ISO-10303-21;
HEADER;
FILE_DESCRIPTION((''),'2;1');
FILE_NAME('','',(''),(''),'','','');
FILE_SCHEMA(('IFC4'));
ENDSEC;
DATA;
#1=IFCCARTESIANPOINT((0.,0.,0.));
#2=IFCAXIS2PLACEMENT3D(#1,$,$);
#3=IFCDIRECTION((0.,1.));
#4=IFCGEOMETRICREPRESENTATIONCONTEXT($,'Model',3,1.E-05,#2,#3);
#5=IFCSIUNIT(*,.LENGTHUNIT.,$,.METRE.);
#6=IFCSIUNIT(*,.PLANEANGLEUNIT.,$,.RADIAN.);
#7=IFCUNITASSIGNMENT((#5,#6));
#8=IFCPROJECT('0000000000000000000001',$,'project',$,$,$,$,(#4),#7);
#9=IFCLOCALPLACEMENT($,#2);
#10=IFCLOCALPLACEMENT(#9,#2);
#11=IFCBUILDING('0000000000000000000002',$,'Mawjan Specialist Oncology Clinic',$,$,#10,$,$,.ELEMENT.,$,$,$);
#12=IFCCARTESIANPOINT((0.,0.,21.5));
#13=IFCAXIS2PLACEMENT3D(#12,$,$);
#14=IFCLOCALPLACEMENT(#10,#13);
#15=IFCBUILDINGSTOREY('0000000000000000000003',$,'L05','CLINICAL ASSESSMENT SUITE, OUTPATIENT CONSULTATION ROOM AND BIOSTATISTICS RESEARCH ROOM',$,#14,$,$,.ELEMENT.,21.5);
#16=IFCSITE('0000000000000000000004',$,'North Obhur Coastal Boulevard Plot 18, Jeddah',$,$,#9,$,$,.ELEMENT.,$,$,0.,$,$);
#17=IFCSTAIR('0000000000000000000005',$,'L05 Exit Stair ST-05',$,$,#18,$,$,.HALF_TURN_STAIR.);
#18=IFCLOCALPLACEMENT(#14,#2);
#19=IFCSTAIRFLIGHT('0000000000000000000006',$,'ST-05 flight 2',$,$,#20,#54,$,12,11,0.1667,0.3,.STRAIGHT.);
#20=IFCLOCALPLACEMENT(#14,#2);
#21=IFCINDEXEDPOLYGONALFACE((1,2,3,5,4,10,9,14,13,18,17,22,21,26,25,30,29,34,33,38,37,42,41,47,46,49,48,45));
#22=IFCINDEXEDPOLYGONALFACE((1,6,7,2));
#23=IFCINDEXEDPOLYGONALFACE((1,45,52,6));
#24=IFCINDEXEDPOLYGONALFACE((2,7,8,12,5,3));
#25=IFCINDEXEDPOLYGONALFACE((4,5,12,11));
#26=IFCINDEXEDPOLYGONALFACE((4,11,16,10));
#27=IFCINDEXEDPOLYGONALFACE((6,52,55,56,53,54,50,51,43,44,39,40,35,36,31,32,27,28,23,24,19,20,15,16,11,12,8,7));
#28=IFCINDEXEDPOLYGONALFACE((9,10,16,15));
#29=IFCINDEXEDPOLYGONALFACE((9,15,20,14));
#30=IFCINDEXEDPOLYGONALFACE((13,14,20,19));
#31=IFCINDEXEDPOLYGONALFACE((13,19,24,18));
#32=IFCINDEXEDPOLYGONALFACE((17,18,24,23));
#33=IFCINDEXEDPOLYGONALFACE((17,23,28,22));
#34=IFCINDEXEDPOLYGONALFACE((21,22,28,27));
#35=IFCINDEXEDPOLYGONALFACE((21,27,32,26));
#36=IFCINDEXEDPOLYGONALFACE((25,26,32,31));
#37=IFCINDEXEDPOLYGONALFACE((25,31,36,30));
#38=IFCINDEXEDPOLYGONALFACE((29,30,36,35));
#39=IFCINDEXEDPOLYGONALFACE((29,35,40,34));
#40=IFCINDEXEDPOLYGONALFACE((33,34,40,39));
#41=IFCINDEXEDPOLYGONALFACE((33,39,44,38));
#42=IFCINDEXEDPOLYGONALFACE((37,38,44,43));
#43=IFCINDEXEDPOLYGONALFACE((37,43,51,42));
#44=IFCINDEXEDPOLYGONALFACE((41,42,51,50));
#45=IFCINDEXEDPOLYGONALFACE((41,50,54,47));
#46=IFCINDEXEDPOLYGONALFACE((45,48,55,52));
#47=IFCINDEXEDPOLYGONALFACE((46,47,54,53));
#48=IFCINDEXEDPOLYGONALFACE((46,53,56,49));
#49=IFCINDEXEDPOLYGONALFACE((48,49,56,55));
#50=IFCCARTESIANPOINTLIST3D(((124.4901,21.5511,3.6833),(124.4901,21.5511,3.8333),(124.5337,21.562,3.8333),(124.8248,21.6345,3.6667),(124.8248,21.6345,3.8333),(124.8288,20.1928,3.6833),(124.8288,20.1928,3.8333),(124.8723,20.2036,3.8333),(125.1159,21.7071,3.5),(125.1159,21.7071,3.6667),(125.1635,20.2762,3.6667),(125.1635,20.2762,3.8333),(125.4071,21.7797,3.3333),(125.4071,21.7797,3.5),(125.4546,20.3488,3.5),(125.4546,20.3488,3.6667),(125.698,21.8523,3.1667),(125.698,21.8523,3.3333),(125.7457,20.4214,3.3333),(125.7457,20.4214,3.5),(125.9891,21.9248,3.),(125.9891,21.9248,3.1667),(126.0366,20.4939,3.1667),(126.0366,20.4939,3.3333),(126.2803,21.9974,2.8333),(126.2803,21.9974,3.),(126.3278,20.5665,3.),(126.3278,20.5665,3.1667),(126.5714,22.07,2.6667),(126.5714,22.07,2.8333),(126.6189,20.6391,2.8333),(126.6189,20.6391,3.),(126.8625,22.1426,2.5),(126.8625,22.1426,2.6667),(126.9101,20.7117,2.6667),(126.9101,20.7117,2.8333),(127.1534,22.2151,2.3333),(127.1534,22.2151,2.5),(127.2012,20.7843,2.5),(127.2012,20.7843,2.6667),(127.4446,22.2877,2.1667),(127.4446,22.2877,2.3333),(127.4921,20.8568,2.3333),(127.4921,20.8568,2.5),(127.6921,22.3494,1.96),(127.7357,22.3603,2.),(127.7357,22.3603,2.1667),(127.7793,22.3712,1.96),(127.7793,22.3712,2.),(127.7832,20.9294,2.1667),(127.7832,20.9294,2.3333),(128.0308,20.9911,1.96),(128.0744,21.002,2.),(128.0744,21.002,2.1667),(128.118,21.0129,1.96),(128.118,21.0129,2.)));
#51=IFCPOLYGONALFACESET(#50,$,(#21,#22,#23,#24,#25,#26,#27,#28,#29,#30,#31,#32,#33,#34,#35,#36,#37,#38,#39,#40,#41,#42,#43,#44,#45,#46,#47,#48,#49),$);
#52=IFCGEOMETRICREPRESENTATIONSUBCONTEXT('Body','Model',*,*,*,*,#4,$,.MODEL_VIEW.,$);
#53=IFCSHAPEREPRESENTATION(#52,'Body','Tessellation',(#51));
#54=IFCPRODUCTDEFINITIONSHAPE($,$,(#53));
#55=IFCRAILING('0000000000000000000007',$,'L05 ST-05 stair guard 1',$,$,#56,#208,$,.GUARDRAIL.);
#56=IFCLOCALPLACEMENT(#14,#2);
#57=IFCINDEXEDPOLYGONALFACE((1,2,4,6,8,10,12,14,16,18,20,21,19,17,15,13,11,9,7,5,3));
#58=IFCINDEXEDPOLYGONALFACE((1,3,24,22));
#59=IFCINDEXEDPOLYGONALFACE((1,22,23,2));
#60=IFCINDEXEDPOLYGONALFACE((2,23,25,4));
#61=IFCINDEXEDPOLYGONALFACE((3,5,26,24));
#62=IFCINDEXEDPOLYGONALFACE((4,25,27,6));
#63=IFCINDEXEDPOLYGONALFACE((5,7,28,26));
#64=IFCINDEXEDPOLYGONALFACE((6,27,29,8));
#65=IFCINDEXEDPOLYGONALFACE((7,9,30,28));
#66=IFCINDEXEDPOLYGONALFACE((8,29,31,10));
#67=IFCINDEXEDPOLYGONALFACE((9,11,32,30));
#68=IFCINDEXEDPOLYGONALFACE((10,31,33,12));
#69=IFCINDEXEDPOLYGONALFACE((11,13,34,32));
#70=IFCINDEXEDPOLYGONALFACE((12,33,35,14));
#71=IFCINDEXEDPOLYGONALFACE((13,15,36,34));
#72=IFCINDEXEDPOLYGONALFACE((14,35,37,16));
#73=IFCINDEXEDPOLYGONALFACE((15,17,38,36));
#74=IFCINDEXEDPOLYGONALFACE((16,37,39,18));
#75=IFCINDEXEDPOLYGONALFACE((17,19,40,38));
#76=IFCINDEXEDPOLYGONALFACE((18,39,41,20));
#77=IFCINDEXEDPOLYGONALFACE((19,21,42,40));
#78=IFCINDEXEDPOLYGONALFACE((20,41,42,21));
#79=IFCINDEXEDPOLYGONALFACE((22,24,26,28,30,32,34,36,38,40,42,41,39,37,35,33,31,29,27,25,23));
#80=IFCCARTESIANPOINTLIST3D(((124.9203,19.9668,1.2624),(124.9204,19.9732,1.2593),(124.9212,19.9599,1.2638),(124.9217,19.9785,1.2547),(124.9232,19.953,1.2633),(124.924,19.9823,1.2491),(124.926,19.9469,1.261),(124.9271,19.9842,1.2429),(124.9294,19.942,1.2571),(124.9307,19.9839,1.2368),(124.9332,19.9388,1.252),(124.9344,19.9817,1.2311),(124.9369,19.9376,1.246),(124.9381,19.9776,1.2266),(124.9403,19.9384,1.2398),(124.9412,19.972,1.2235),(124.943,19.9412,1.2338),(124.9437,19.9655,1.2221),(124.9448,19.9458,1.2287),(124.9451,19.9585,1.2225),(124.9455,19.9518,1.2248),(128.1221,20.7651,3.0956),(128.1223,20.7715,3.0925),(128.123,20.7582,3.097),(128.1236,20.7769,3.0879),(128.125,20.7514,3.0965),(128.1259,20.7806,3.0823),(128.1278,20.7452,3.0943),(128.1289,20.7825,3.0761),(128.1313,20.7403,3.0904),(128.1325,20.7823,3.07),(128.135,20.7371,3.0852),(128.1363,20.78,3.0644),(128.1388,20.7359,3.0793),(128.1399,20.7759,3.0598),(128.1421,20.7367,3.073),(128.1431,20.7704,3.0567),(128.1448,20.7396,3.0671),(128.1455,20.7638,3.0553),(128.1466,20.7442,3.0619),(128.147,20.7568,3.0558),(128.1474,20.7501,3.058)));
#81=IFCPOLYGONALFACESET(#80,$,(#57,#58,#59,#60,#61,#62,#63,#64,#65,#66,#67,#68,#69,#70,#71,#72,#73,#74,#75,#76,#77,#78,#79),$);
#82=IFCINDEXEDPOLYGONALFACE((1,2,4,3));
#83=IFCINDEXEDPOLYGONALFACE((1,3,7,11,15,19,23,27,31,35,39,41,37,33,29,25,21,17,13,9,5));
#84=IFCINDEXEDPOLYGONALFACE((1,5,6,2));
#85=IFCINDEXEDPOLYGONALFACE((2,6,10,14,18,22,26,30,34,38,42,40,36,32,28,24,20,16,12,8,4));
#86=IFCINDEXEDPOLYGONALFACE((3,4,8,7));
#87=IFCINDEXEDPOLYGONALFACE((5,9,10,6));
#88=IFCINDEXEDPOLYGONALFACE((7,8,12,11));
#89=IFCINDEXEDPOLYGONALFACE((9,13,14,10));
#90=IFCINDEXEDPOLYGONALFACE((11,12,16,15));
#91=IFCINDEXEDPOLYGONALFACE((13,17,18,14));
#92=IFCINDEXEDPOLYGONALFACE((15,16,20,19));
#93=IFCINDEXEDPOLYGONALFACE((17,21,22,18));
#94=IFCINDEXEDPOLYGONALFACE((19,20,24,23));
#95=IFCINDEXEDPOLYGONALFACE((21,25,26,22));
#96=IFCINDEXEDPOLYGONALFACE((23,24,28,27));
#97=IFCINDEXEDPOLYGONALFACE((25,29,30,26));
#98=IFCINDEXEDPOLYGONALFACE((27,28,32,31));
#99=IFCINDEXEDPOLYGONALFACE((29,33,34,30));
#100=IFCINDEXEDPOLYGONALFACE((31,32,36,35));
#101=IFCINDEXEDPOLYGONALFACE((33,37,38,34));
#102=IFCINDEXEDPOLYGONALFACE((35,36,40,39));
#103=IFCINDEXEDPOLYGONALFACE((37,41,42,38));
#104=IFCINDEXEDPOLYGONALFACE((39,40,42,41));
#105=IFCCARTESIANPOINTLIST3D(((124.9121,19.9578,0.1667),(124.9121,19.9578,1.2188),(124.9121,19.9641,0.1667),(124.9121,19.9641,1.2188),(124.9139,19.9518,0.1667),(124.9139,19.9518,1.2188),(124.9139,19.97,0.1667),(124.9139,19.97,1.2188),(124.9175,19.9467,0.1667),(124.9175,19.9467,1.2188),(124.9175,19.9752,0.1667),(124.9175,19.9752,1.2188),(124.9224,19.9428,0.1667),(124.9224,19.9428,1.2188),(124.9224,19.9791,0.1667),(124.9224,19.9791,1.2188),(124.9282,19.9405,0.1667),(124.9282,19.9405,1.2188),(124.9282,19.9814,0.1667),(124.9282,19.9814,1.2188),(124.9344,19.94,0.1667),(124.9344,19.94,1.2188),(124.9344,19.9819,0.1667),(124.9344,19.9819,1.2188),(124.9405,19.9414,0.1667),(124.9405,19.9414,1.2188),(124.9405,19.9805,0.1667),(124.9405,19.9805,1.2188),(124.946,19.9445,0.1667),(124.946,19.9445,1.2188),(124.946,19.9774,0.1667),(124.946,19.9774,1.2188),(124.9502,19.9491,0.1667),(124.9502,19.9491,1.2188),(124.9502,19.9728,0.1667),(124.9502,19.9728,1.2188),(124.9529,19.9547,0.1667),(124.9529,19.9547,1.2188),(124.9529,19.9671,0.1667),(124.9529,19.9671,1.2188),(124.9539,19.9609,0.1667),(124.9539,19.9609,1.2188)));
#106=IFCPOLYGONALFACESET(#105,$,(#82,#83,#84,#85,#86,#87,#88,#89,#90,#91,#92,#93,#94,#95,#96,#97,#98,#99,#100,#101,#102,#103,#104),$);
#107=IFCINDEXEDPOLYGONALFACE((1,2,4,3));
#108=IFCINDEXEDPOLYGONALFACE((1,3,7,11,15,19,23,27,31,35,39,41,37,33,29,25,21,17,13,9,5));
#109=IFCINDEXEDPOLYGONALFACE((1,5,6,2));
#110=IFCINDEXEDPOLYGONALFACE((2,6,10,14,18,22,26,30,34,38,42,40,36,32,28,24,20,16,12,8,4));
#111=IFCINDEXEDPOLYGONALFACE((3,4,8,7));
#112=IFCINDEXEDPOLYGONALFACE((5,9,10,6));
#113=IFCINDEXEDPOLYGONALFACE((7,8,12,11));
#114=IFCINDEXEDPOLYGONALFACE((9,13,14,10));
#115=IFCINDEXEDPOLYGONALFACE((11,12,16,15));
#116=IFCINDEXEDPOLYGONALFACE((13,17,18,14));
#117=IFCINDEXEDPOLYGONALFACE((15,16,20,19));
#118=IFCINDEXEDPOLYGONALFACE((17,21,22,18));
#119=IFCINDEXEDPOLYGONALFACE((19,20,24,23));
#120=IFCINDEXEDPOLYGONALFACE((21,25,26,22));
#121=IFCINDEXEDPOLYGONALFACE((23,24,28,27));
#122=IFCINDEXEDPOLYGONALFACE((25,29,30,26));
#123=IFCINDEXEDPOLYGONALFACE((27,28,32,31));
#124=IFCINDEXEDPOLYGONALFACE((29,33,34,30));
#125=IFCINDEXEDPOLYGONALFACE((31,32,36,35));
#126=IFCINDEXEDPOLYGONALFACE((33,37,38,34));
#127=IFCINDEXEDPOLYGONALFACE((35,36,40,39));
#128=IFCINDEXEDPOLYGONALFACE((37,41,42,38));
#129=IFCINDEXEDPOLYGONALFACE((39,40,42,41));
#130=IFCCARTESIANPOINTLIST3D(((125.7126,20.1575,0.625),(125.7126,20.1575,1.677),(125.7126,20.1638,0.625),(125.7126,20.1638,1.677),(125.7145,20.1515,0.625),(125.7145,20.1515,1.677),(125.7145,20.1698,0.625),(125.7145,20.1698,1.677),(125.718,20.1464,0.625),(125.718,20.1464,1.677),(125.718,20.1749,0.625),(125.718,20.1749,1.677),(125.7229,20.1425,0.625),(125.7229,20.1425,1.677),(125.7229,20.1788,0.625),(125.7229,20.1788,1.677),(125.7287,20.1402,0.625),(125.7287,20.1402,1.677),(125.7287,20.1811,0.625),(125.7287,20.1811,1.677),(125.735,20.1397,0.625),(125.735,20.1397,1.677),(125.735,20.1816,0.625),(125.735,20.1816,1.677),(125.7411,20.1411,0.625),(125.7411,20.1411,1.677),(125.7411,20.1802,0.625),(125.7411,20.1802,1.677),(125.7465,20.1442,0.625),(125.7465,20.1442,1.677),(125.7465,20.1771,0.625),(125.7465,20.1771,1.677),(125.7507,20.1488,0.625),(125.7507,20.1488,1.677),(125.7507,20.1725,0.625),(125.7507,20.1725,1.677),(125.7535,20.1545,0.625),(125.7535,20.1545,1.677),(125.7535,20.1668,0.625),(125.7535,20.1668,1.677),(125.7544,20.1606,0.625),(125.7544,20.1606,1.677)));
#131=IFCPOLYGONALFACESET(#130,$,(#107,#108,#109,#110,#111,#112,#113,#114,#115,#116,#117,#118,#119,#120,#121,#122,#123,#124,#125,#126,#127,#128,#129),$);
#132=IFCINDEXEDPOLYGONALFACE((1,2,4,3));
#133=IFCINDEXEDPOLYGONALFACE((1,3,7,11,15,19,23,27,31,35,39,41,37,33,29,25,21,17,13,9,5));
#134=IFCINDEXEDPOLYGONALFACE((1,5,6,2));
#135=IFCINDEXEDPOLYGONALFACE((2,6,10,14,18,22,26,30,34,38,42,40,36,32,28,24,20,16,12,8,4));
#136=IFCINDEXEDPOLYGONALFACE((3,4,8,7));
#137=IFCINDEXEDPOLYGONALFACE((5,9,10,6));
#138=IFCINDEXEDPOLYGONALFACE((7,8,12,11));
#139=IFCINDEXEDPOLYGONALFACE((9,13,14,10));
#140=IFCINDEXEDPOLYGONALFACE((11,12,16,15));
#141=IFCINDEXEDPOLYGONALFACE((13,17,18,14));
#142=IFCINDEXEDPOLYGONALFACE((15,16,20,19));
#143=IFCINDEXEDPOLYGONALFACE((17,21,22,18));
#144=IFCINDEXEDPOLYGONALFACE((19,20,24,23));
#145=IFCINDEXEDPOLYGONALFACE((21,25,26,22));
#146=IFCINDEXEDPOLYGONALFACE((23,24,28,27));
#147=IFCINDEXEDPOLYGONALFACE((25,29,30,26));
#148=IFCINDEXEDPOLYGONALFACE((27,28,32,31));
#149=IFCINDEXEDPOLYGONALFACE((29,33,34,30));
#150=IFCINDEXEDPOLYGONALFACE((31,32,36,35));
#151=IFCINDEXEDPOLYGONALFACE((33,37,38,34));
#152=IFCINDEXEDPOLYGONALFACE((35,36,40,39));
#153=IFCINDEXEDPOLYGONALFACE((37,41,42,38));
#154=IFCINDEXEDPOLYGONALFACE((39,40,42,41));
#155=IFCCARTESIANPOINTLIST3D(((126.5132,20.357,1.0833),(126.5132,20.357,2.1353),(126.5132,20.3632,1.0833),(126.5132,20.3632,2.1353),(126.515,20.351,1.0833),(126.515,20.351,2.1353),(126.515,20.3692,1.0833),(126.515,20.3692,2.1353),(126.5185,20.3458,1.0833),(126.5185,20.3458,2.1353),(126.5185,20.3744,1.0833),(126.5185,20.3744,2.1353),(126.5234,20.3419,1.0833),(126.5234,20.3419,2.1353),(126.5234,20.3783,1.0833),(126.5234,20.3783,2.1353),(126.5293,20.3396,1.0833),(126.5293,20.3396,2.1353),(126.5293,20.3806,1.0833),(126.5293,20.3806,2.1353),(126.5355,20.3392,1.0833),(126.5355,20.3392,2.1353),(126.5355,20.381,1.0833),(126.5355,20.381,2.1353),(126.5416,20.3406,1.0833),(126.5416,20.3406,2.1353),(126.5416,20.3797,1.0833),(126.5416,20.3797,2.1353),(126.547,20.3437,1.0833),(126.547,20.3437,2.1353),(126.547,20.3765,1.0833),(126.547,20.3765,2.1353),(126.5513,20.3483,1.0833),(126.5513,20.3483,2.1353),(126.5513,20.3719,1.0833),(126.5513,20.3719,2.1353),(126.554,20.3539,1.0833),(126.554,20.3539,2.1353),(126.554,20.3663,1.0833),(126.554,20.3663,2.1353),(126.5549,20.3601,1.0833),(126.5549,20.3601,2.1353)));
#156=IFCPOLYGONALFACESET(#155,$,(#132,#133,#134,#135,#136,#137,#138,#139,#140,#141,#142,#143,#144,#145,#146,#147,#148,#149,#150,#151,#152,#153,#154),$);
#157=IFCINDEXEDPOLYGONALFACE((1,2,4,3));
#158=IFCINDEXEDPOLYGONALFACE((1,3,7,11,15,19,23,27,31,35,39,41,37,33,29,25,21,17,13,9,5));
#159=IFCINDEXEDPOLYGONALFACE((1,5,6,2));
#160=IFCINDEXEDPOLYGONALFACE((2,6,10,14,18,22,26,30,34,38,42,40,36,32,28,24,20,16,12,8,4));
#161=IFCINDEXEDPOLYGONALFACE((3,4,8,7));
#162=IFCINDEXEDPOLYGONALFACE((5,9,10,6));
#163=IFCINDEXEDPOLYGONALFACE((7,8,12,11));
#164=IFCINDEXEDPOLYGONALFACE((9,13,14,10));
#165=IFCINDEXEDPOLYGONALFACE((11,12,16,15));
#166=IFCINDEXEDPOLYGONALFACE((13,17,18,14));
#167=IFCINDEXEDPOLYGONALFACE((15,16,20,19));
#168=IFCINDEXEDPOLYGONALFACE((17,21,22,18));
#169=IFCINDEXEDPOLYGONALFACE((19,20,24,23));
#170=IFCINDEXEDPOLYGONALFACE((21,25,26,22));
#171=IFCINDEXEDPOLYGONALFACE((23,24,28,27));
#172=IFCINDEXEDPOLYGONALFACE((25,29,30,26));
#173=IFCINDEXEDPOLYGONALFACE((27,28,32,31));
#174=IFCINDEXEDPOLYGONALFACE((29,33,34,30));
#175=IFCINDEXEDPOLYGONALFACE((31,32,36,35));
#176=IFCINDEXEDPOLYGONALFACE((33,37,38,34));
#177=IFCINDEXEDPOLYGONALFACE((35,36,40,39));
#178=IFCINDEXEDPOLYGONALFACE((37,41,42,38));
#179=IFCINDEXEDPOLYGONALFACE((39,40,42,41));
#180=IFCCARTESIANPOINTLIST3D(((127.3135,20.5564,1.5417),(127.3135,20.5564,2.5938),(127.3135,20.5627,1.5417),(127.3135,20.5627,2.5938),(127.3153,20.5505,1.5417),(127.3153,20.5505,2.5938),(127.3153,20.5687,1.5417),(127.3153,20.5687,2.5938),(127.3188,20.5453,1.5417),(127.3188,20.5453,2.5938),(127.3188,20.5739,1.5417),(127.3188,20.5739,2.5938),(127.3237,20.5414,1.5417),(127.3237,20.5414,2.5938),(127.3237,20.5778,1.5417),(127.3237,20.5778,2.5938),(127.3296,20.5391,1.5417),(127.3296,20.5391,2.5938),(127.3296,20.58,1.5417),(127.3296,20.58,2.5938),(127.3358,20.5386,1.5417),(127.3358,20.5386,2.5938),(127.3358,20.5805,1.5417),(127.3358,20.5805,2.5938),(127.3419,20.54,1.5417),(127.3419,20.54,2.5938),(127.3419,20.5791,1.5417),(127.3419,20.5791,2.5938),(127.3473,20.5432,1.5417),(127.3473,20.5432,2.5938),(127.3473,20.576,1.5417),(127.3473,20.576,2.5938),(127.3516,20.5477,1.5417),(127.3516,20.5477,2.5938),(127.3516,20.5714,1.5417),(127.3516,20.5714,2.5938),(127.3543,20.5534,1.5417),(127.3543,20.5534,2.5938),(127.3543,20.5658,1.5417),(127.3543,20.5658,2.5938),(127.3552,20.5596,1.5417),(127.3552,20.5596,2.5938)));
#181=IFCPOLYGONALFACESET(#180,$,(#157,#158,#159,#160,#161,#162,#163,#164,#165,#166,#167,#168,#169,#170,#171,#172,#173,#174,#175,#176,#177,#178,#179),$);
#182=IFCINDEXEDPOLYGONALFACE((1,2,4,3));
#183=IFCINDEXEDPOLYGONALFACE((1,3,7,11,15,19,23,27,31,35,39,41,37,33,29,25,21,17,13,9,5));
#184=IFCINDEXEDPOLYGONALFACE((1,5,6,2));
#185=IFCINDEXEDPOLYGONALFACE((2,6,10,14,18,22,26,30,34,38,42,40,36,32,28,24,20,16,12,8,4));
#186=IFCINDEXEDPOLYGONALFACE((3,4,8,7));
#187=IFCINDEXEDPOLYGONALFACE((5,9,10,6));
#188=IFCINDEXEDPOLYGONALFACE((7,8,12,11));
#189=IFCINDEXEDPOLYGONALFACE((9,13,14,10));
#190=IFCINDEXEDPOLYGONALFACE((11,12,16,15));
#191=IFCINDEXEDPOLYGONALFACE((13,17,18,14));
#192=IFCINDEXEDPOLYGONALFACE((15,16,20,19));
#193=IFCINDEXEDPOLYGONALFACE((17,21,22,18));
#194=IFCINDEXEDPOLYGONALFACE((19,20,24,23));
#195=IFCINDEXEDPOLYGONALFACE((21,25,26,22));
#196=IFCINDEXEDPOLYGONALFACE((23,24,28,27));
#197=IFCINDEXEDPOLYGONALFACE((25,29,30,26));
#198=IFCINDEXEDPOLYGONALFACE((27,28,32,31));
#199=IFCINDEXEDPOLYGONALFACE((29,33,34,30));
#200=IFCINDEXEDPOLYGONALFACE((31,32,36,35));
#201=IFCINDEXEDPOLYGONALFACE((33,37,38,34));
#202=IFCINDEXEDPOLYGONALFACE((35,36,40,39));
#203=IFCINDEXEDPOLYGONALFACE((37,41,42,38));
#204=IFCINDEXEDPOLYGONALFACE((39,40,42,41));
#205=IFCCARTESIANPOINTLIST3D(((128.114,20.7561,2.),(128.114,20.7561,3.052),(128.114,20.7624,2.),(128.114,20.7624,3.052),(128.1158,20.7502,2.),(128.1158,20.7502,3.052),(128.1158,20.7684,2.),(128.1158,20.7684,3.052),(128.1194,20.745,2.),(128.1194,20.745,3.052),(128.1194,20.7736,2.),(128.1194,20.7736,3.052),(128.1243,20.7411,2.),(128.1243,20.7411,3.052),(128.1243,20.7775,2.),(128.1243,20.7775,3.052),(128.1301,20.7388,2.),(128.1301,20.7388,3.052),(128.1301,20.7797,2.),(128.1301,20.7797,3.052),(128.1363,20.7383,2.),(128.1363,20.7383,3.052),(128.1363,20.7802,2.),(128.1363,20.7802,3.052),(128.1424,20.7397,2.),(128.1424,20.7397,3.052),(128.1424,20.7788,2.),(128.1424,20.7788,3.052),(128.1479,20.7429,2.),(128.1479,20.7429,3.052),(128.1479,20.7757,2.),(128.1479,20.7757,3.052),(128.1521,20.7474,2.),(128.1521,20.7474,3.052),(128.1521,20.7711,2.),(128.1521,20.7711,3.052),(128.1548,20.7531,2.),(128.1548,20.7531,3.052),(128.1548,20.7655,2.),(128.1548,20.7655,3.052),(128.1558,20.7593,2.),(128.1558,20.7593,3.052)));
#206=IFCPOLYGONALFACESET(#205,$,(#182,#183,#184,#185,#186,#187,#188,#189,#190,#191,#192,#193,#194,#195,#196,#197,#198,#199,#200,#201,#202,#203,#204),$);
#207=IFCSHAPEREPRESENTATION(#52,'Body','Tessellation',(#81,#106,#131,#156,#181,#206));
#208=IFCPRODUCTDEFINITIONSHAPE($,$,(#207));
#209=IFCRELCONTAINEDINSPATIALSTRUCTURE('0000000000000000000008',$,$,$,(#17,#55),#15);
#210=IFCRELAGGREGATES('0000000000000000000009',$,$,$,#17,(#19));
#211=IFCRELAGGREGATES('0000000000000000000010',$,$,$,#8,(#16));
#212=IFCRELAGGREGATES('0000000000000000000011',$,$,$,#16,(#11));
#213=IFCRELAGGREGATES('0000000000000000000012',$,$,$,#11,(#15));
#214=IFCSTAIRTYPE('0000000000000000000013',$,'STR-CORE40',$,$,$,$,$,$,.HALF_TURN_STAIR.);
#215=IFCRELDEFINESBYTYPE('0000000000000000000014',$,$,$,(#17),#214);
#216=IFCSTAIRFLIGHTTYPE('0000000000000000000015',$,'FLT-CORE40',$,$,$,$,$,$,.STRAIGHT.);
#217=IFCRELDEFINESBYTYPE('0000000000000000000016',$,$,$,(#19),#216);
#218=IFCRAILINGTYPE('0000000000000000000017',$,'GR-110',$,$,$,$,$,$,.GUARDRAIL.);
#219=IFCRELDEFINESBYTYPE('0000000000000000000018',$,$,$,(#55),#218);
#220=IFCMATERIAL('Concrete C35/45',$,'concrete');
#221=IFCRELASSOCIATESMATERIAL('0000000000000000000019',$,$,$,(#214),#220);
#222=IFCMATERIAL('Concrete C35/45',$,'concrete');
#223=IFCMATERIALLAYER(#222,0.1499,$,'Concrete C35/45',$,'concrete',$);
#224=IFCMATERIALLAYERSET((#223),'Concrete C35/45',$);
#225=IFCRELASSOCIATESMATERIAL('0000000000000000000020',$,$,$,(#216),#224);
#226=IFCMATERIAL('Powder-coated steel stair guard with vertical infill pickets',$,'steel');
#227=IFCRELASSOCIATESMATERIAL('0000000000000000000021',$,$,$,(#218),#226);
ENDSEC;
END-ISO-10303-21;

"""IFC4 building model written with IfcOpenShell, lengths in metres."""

from ifc_helpers import new_model, si_unit, direction, frame, origin, origin_2d, place, context, subcontext, project, spatial, polyline, circle, outline, extrude, material, layer, layer_set, type_object, element, aggregate, save


model = new_model("IFC4")

# Units and contexts
model_context = context("Model", 3, precision=1e-05, world=origin(), true_north=direction((0.0, 1.0)))
body_context = subcontext(model_context, "Body", "Model", "MODEL_VIEW")
ifc_project = project(units=[si_unit("LENGTHUNIT", "METRE"), si_unit("PLANEANGLEUNIT", "RADIAN")], contexts=[model_context])

# Site, building, storey
site_placement = place(None, origin())
site = spatial("IfcSite", under=ifc_project, at=site_placement, Name="North Obhur Coastal Boulevard Plot 18, Jeddah", CompositionType="ELEMENT", RefElevation=0.0)
building_placement = place(site_placement, origin())
building = spatial("IfcBuilding", under=site, at=building_placement, Name="Mawjan Specialist Oncology Clinic", CompositionType="ELEMENT")
storey_placement = place(building_placement, frame((0.0, 0.0, 21.5)))
storey = spatial("IfcBuildingStorey", under=building, at=storey_placement, Name="L05", Description="CLINICAL ASSESSMENT SUITE, OUTPATIENT CONSULTATION ROOM AND BIOSTATISTICS RESEARCH ROOM", CompositionType="ELEMENT", Elevation=21.5)

# Stair, stair flight
ifc_material_1 = material(Name="Concrete C35/45", Category="concrete")
stair_type = type_object("IfcStairType", Name="STR-CORE40", PredefinedType="HALF_TURN_STAIR", material=ifc_material_1)
stair_placement = place(storey_placement, origin())
stair = element("IfcStair", 1, at=stair_placement, inside=storey, type_object=stair_type, Name="L05 Exit Stair ST-05", PredefinedType="HALF_TURN_STAIR")
ifc_material_2 = material(Name="Concrete C35/45", Category="concrete")
ifc_layer_1 = layer(ifc_material_2, 0.1499, Name="Concrete C35/45", Category="concrete")
ifc_layer_set_1 = layer_set([ifc_layer_1], Name="Concrete C35/45")
stair_flight_type = type_object("IfcStairFlightType", Name="FLT-CORE40", PredefinedType="STRAIGHT", material=ifc_layer_set_1)
stair_flight_1_placement = place(storey_placement, frame((127.905, 21.6812, 2.0), z_axis=(0.0, 0.0, 1.0), x_axis=(-0.970296, -0.241922, 0.0)))
stair_flight_1 = element("IfcStairFlight", 2, at=stair_flight_1_placement, type_object=stair_flight_type, Name="ST-05 flight 2", NumberOfRisers=12, NumberOfTreads=11, PredefinedType="STRAIGHT", RiserHeight=0.1667, TreadLength=0.3, context=body_context, shape_type="SweptSolid", body=[
    extrude(outline(polyline([(-0.0449, -0.04), (-0.0449, 0.0), (0.0, 0.0), (0.0, 0.1667), (0.3, 0.1667), (0.3, 0.3333), (0.6001, 0.3333), (0.6001, 0.5), (0.8999, 0.5), (0.8999, 0.6667), (1.2, 0.6667), (1.2, 0.8333), (1.5, 0.8333), (1.5, 1.0), (1.8, 1.0), (1.8, 1.1667), (2.1001, 1.1667), (2.1001, 1.3333), (2.3999, 1.3333), (2.3999, 1.5), (2.7, 1.5), (2.7, 1.6667), (3.0, 1.6667), (3.0, 1.8333), (3.3, 1.8333), (3.345, 1.8333), (3.345, 1.6833), (0.0449, -0.04), (-0.0449, -0.04)])), frame((0.0, 0.7, 0.0), z_axis=(0.0, -1.0, 0.0), x_axis=(1.0, 0.0, 0.0)), (0.0, 0.0, 1.0), 1.3999),
])
aggregate(stair, [stair_flight_1])

# Railing
ifc_material_3 = material(Name="Powder-coated steel stair guard with vertical infill pickets", Category="steel")
railing_type_1 = type_object("IfcRailingType", Name="GR-110", PredefinedType="GUARDRAIL", material=ifc_material_3)
railing_1_placement = place(storey_placement, frame((124.9329, 19.9609, 0.1667)))
element("IfcRailing", 3, at=railing_1_placement, inside=storey, type_object=railing_type_1, Name="L05 ST-05 stair guard 1", PredefinedType="GUARDRAIL", context=body_context, shape_type="SweptSolid", body=[
    extrude(circle(Radius=0.0239, at=origin_2d()), frame((0.0, 0.0, 1.0762), z_axis=(0.848195, 0.211483, 0.485634), x_axis=(-0.241926, 0.970295, 0.0)), (0.0, 0.0, 1.0), 3.7749),
    extrude(circle(Radius=0.021, at=origin_2d()), origin(), (0.0, 0.0, 1.0), 1.052),
    extrude(circle(Radius=0.021, at=origin_2d()), frame((0.8005, 0.1997, 0.4583)), (0.0, 0.0, 1.0), 1.052),
    extrude(circle(Radius=0.021, at=origin_2d()), frame((1.6011, 0.3992, 0.9165)), (0.0, 0.0, 1.0), 1.052),
    extrude(circle(Radius=0.021, at=origin_2d()), frame((2.4014, 0.5986, 1.375)), (0.0, 0.0, 1.0), 1.052),
    extrude(circle(Radius=0.021, at=origin_2d()), frame((3.2019, 0.7983, 1.8333)), (0.0, 0.0, 1.0), 1.052),
])

save(model, "model.ifc")
